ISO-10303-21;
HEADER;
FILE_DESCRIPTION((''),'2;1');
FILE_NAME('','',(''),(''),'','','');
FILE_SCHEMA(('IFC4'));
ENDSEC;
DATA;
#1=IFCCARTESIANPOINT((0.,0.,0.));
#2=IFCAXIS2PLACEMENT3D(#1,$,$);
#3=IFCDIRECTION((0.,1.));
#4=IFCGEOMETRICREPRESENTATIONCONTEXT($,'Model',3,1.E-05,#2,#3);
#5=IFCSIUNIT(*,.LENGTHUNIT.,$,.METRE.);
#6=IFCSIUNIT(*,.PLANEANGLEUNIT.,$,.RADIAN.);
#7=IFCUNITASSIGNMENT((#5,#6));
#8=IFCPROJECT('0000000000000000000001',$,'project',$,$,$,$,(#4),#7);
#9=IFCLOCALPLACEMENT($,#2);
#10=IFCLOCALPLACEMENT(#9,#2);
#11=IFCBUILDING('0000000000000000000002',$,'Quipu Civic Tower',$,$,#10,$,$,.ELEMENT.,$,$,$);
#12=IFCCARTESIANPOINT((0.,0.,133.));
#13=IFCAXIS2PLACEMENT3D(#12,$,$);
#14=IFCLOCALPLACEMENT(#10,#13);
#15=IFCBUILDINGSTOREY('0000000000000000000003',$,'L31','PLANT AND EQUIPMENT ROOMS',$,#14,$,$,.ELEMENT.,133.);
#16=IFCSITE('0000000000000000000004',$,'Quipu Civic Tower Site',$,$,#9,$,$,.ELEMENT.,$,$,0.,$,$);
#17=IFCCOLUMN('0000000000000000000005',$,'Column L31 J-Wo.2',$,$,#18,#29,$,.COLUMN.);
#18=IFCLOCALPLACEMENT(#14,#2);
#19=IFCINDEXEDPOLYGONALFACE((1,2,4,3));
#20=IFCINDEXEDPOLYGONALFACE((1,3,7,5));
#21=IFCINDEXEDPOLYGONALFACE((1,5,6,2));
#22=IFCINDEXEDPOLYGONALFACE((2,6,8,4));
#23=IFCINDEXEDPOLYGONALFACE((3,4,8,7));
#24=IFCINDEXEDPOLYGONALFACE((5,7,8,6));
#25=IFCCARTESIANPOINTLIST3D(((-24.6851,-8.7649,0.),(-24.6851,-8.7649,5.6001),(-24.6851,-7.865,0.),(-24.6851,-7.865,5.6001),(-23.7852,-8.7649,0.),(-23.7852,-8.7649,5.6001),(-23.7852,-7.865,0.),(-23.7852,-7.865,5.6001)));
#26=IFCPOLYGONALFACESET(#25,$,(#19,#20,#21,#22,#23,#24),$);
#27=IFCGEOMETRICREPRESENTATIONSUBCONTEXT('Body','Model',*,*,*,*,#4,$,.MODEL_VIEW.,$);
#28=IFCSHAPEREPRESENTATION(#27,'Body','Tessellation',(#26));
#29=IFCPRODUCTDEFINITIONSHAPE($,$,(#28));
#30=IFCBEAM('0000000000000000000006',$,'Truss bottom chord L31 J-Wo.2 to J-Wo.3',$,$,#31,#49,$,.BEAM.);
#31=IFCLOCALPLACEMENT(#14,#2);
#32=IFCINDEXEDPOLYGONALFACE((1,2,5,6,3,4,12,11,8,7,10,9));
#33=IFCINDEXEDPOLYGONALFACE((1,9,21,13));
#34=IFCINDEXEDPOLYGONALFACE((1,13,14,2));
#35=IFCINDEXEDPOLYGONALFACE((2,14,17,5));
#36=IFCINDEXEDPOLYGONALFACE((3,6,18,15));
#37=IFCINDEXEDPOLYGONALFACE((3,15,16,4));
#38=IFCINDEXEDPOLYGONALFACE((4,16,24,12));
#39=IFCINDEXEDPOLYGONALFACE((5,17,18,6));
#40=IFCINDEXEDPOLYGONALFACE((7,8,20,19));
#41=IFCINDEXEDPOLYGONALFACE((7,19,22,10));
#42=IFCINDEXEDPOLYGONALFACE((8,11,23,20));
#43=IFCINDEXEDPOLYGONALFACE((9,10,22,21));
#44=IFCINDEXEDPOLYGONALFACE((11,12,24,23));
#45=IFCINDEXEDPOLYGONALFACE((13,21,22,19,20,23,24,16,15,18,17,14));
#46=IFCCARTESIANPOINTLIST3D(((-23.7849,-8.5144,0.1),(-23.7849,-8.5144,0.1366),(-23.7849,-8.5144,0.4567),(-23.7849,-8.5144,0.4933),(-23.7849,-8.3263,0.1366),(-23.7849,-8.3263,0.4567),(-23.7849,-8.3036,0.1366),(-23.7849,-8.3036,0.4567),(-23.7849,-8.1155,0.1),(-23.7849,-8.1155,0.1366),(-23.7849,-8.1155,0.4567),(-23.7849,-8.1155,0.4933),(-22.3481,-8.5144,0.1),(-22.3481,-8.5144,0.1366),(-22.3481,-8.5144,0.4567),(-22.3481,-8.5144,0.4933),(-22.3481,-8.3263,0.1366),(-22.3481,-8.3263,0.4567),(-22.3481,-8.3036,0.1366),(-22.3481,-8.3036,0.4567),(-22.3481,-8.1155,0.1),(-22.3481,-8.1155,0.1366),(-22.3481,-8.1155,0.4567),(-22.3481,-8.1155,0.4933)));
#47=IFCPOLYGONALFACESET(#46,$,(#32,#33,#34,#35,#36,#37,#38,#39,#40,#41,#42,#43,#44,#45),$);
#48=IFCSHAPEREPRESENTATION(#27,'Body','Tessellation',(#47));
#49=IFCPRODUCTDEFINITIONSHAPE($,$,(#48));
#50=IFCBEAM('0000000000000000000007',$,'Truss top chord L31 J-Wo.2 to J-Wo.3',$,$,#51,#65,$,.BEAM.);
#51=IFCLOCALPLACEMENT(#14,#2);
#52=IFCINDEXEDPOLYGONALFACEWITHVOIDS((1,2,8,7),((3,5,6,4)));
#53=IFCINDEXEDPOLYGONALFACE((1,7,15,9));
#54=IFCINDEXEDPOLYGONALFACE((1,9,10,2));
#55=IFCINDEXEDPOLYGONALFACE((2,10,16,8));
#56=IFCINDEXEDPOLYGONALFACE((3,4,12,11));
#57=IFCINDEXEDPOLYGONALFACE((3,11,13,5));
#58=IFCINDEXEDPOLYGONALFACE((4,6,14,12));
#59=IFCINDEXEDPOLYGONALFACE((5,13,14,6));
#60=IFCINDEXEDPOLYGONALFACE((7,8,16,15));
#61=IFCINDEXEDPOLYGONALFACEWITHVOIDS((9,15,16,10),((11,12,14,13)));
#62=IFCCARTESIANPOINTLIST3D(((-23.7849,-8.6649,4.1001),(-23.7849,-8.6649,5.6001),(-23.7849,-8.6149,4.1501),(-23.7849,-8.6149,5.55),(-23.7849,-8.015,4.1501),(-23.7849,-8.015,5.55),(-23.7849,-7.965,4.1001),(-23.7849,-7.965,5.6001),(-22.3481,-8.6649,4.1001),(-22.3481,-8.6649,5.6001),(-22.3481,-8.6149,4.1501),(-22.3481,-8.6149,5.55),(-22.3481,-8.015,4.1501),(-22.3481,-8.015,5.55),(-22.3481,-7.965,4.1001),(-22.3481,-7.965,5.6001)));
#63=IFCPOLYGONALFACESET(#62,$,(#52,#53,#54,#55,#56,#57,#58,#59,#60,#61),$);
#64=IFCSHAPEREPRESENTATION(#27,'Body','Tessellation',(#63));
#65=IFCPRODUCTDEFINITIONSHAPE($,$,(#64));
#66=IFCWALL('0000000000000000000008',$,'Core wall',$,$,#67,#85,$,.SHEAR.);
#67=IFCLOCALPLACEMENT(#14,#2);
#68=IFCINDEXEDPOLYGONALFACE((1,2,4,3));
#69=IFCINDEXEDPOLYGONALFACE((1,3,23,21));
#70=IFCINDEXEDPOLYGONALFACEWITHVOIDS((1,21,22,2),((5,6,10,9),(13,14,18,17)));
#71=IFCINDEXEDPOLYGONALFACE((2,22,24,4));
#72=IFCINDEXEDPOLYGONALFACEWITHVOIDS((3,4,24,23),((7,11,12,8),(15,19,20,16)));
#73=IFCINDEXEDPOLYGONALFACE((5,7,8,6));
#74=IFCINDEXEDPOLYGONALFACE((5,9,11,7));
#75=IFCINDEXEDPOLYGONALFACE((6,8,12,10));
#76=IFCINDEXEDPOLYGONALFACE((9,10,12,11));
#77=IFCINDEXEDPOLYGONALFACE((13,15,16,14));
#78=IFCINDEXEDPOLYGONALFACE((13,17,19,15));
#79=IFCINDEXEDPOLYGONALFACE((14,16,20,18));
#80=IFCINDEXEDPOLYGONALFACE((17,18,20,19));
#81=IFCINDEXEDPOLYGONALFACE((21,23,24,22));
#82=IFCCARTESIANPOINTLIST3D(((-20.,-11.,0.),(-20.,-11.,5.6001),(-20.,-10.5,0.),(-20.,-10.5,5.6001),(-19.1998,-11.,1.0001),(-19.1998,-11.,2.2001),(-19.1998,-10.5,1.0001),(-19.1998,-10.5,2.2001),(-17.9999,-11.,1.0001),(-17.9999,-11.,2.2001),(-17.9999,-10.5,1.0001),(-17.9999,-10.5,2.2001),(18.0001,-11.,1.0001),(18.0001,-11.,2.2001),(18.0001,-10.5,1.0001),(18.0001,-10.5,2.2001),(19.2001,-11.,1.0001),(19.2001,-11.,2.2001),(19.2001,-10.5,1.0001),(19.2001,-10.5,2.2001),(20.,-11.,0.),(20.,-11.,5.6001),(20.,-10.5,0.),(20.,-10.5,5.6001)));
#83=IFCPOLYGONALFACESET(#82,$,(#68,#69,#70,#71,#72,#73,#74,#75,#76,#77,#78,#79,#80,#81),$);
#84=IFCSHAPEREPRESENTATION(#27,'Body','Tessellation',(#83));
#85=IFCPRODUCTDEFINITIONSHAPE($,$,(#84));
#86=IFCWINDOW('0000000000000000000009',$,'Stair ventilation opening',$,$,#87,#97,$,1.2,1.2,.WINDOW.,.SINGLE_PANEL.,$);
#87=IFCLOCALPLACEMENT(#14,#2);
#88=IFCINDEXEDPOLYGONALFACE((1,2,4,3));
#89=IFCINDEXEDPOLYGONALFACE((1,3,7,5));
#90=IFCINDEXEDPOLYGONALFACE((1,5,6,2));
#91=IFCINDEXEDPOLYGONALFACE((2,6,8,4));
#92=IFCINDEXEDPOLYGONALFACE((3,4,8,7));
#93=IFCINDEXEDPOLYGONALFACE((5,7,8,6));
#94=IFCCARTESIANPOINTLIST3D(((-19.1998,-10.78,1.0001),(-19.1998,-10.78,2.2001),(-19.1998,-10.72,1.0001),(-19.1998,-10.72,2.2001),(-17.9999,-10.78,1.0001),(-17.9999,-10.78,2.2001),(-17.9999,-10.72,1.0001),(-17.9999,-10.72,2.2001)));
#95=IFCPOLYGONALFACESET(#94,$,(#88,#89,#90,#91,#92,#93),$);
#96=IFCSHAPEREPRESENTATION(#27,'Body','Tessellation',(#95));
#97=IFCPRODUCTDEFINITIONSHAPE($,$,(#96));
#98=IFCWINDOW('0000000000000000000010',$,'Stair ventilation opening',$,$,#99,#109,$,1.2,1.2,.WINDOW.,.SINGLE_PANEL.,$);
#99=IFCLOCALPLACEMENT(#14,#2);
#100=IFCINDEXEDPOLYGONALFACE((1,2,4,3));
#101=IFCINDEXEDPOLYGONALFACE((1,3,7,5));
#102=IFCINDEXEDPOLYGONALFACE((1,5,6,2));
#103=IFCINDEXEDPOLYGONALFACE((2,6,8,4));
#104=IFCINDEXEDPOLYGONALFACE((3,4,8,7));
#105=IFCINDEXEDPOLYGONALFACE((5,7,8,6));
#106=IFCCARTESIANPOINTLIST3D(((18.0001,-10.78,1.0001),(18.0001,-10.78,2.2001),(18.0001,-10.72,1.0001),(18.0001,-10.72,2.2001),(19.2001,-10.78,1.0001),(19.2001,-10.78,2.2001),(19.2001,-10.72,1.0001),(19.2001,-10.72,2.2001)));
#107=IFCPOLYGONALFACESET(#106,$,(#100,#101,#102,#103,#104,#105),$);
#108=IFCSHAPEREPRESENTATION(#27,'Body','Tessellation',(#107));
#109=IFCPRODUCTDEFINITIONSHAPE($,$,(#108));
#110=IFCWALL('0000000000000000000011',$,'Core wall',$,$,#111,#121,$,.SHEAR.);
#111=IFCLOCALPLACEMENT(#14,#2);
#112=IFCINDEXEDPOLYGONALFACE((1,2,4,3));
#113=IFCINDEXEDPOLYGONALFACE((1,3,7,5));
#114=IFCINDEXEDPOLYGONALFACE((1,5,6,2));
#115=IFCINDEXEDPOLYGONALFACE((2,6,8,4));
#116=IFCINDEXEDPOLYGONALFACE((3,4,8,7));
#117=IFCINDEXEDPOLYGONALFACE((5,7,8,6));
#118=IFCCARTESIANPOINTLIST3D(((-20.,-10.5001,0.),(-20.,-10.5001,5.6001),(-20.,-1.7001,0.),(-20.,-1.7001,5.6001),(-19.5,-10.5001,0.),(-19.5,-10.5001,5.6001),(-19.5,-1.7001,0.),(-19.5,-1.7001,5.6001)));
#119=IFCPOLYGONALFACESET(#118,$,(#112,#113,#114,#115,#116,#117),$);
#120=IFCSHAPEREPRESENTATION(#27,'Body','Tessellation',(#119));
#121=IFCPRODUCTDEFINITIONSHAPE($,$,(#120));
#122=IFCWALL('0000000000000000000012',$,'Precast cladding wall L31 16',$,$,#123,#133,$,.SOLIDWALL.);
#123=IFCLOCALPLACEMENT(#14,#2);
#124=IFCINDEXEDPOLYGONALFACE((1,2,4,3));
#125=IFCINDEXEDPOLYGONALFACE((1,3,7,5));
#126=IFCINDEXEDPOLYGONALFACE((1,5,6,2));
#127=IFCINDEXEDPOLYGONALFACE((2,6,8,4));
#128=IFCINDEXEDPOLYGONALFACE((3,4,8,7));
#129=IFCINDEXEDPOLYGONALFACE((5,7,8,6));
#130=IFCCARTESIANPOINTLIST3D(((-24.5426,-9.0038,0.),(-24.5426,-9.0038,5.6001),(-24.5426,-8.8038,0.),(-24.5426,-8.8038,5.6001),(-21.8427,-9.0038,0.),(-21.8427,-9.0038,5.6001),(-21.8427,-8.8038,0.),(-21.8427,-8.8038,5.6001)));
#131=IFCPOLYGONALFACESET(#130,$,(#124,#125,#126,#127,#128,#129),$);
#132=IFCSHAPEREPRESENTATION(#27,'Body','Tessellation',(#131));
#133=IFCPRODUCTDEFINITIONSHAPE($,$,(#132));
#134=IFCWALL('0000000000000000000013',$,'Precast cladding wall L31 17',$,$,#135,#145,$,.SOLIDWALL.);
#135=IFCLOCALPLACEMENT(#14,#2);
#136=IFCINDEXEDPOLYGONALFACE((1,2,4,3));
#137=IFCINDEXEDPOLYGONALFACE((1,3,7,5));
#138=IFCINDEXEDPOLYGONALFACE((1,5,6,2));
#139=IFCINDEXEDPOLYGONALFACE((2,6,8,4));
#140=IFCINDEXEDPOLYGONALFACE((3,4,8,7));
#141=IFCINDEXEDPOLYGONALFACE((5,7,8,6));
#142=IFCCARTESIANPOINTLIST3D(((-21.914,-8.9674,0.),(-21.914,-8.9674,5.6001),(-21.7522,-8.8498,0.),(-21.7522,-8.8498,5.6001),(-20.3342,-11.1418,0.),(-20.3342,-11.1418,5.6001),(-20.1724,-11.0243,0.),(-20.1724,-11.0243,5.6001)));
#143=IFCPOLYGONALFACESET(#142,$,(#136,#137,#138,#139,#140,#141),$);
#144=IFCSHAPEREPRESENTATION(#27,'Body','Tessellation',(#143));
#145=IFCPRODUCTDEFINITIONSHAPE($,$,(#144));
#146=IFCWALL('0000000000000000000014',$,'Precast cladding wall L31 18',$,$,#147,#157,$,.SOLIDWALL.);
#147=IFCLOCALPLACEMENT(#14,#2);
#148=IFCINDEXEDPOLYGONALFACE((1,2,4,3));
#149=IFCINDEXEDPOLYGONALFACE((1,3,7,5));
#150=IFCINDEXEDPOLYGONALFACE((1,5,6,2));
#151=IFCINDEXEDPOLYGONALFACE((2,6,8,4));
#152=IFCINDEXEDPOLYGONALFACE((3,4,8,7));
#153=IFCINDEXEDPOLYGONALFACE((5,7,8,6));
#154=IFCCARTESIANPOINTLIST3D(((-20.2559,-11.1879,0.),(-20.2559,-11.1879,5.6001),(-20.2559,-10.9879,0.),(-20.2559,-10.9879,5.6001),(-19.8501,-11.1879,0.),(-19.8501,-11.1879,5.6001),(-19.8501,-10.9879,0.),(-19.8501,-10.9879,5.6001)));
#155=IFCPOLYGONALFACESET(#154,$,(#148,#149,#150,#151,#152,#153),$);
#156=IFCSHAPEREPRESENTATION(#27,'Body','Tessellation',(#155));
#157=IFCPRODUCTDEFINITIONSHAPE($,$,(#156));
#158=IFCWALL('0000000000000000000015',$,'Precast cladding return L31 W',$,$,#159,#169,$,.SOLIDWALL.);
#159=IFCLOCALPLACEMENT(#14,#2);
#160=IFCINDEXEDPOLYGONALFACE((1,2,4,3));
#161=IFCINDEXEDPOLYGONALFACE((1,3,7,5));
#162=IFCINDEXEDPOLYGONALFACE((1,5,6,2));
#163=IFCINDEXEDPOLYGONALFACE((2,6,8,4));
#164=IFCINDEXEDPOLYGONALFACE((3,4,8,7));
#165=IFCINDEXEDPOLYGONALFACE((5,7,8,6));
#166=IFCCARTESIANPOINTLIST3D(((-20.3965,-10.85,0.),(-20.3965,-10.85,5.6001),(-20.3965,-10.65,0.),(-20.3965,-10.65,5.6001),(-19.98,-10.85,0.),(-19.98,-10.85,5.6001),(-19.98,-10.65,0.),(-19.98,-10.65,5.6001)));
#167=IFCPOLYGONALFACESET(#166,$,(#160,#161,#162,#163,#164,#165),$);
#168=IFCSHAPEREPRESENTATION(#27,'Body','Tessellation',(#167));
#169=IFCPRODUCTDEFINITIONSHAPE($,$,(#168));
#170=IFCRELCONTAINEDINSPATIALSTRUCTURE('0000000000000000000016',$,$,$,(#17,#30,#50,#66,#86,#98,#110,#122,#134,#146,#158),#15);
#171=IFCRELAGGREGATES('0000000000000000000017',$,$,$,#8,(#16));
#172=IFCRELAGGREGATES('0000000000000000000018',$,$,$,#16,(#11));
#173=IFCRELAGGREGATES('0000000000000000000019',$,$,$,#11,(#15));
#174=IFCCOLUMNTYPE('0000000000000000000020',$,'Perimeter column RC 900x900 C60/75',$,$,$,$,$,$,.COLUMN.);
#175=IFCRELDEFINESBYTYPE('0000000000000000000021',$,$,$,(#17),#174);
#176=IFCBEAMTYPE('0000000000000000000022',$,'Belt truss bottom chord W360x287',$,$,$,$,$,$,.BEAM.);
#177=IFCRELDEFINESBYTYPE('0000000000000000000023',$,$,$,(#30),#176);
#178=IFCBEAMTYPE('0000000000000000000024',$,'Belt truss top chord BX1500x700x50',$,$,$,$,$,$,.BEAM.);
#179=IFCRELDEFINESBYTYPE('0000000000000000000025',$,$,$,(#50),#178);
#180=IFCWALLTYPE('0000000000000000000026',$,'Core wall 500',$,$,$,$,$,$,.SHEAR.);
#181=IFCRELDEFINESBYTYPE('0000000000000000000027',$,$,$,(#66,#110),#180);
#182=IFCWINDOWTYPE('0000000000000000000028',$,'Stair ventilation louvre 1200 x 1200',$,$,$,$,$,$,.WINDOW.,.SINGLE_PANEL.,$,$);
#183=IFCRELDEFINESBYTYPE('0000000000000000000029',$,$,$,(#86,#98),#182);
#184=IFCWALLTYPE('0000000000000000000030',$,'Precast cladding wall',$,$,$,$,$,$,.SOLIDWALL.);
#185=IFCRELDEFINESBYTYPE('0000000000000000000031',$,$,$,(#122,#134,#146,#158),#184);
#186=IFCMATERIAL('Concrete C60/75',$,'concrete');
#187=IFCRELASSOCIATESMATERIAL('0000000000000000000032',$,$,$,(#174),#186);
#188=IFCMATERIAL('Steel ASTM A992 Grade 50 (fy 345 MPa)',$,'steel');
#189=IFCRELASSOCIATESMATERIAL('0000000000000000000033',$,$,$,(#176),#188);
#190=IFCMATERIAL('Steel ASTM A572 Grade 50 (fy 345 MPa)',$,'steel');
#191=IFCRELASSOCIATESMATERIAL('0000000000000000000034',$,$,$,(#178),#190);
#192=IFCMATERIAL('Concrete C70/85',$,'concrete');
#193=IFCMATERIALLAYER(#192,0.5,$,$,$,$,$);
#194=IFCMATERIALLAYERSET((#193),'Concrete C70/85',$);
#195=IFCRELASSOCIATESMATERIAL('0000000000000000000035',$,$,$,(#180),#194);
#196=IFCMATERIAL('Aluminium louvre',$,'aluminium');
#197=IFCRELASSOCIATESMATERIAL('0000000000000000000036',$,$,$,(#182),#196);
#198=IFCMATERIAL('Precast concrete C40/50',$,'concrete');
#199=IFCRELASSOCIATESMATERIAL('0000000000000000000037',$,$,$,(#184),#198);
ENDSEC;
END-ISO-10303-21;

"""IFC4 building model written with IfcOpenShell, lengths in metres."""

from ifc_helpers import new_model, si_unit, direction, frame, frame_2d, origin, origin_2d, place, context, subcontext, project, spatial, rectangle, hollow_rectangle, i_section, extrude, material, layer, layer_set, material_profile, profile_set, type_object, element, fill, save


model = new_model("IFC4")

# Units and contexts
model_context = context("Model", 3, precision=1e-05, world=origin(), true_north=direction((0.0, 1.0)))
body_context = subcontext(model_context, "Body", "Model", "MODEL_VIEW")
ifc_project = project(units=[si_unit("LENGTHUNIT", "METRE"), si_unit("PLANEANGLEUNIT", "RADIAN")], contexts=[model_context])

# Site, building, storey
site_placement = place(None, origin())
site = spatial("IfcSite", under=ifc_project, at=site_placement, Name="Quipu Civic Tower Site", CompositionType="ELEMENT", RefElevation=0.0)
building_placement = place(site_placement, origin())
building = spatial("IfcBuilding", under=site, at=building_placement, Name="Quipu Civic Tower", CompositionType="ELEMENT")
storey_placement = place(building_placement, frame((0.0, 0.0, 133.0)))
storey = spatial("IfcBuildingStorey", under=building, at=storey_placement, Name="L31", Description="PLANT AND EQUIPMENT ROOMS", CompositionType="ELEMENT", Elevation=133.0)

# Column
ifc_material_1 = material(Name="Concrete C60/75", Category="concrete")
ifc_material_profile_1 = material_profile(ifc_material_1, rectangle(XDim=0.8999, YDim=0.8999, at=origin_2d()), Name="RC900x900")
ifc_profile_set_1 = profile_set([ifc_material_profile_1], Name="Concrete C60/75")
column_type = type_object("IfcColumnType", Name="Perimeter column RC 900x900 C60/75", PredefinedType="COLUMN", material=ifc_profile_set_1)
column_placement = place(storey_placement, frame((-24.2351, -8.3149, 0.0), z_axis=(0.0, 0.0, 1.0), x_axis=(1.0, 0.0, 0.0)))
element("IfcColumn", 1, at=column_placement, inside=storey, type_object=column_type, Name="Column L31 J-Wo.2", PredefinedType="COLUMN", context=body_context, shape_type="SweptSolid", body=[
    extrude(rectangle(XDim=0.8999, YDim=0.8999, at=origin_2d()), origin(), (0.0, 0.0, 1.0), 5.6001),
])

# Beams
ifc_material_2 = material(Name="Steel ASTM A992 Grade 50 (fy 345 MPa)", Category="steel")
ifc_material_profile_2 = material_profile(ifc_material_2, i_section(OverallWidth=0.3989, OverallDepth=0.3933, WebThickness=0.0227, FlangeThickness=0.0366, at=origin_2d()), Name="W360x287")
ifc_profile_set_2 = profile_set([ifc_material_profile_2], Name="Steel ASTM A992 Grade 50 (fy 345 MPa)")
beam_type_1 = type_object("IfcBeamType", Name="Belt truss bottom chord W360x287", PredefinedType="BEAM", material=ifc_profile_set_2)
beam_1_placement = place(storey_placement, frame((-23.7849, -8.3149, 0.2966), z_axis=(1.0, 0.0, 0.0), x_axis=(0.0, 1.0, 0.0)))
element("IfcBeam", 2, at=beam_1_placement, inside=storey, type_object=beam_type_1, Name="Truss bottom chord L31 J-Wo.2 to J-Wo.3", PredefinedType="BEAM", context=body_context, shape_type="SweptSolid", body=[
    extrude(i_section(OverallWidth=0.3989, OverallDepth=0.3933, WebThickness=0.0227, FlangeThickness=0.0366, at=origin_2d()), origin(), (0.0, 0.0, 1.0), 1.4368),
])
ifc_material_3 = material(Name="Steel ASTM A572 Grade 50 (fy 345 MPa)", Category="steel")
ifc_material_profile_3 = material_profile(ifc_material_3, hollow_rectangle(XDim=0.7, YDim=1.5, WallThickness=0.05, at=origin_2d()), Name="BX1500x700x50")
ifc_profile_set_3 = profile_set([ifc_material_profile_3], Name="Steel ASTM A572 Grade 50 (fy 345 MPa)")
beam_type_2 = type_object("IfcBeamType", Name="Belt truss top chord BX1500x700x50", PredefinedType="BEAM", material=ifc_profile_set_3)
beam_2_placement = place(storey_placement, frame((-23.7849, -8.3149, 4.8501), z_axis=(1.0, 0.0, 0.0), x_axis=(0.0, 1.0, 0.0)))
element("IfcBeam", 3, at=beam_2_placement, inside=storey, type_object=beam_type_2, Name="Truss top chord L31 J-Wo.2 to J-Wo.3", PredefinedType="BEAM", context=body_context, shape_type="SweptSolid", body=[
    extrude(hollow_rectangle(XDim=0.7, YDim=1.5, WallThickness=0.05, at=origin_2d()), origin(), (0.0, 0.0, 1.0), 1.4368),
])

# Wall, openings, windows
ifc_material_4 = material(Name="Concrete C70/85", Category="concrete")
ifc_layer = layer(ifc_material_4, 0.5)
ifc_layer_set = layer_set([ifc_layer], Name="Concrete C70/85")
wall_type_1 = type_object("IfcWallType", Name="Core wall 500", PredefinedType="SHEAR", material=ifc_layer_set)
wall_1_placement = place(storey_placement, frame((-20.0, -10.75, 0.0), z_axis=(0.0, 0.0, 1.0), x_axis=(1.0, 0.0, 0.0)))
wall_1 = element("IfcWall", 4, at=wall_1_placement, inside=storey, type_object=wall_type_1, Name="Core wall", PredefinedType="SHEAR", context=body_context, shape_type="SweptSolid", body=[
    extrude(rectangle(XDim=40.0, YDim=0.5, at=frame_2d((20.0, 0.0))), origin(), (0.0, 0.0, 1.0), 5.6001),
])
opening_1_placement = place(wall_1_placement, frame((0.8, 0.0, 1.0)))
opening_1 = element("IfcOpeningElement", 5, at=opening_1_placement, cuts=wall_1, PredefinedType="OPENING", context=body_context, shape_type="SweptSolid", body=[
    extrude(rectangle(XDim=1.2, YDim=1.2, at=frame_2d((0.6001, 0.6001))), frame((0.0, 0.26, 0.0), z_axis=(0.0, -1.0, 0.0), x_axis=(1.0, 0.0, 0.0)), (0.0, 0.0, 1.0), 0.52),
])
opening_2_placement = place(wall_1_placement, frame((38.0, 0.0, 1.0)))
opening_2 = element("IfcOpeningElement", 6, at=opening_2_placement, cuts=wall_1, PredefinedType="OPENING", context=body_context, shape_type="SweptSolid", body=[
    extrude(rectangle(XDim=1.2, YDim=1.2, at=frame_2d((0.6001, 0.6001))), frame((0.0, 0.26, 0.0), z_axis=(0.0, -1.0, 0.0), x_axis=(1.0, 0.0, 0.0)), (0.0, 0.0, 1.0), 0.52),
])
ifc_material_5 = material(Name="Aluminium louvre", Category="aluminium")
window_type = type_object("IfcWindowType", Name="Stair ventilation louvre 1200 x 1200", PartitioningType="SINGLE_PANEL", PredefinedType="WINDOW", material=ifc_material_5)
window_1_placement = place(opening_1_placement, origin())
window_1 = element("IfcWindow", 7, at=window_1_placement, inside=storey, type_object=window_type, Name="Stair ventilation opening", OverallHeight=1.2, OverallWidth=1.2, PartitioningType="SINGLE_PANEL", PredefinedType="WINDOW", context=body_context, shape_type="SweptSolid", body=[
    extrude(rectangle(XDim=1.2, YDim=1.2, at=frame_2d((0.6001, 0.6001))), frame((0.0, 0.03, 0.0), z_axis=(0.0, -1.0, 0.0), x_axis=(1.0, 0.0, 0.0)), (0.0, 0.0, 1.0), 0.0601),
])
fill(opening_1, window_1)
window_2_placement = place(opening_2_placement, origin())
window_2 = element("IfcWindow", 8, at=window_2_placement, inside=storey, type_object=window_type, Name="Stair ventilation opening", OverallHeight=1.2, OverallWidth=1.2, PartitioningType="SINGLE_PANEL", PredefinedType="WINDOW", context=body_context, shape_type="SweptSolid", body=[
    extrude(rectangle(XDim=1.2, YDim=1.2, at=frame_2d((0.6001, 0.6001))), frame((0.0, 0.03, 0.0), z_axis=(0.0, -1.0, 0.0), x_axis=(1.0, 0.0, 0.0)), (0.0, 0.0, 1.0), 0.0601),
])
fill(opening_2, window_2)

# Walls
wall_2_placement = place(storey_placement, frame((-19.75, -10.5, 0.0), z_axis=(0.0, 0.0, 1.0), x_axis=(0.0, 1.0, 0.0)))
element("IfcWall", 9, at=wall_2_placement, inside=storey, type_object=wall_type_1, Name="Core wall", PredefinedType="SHEAR", context=body_context, shape_type="SweptSolid", body=[
    extrude(rectangle(XDim=8.8, YDim=0.5, at=frame_2d((4.3999, 0.0))), origin(), (0.0, 0.0, 1.0), 5.6001),
])
ifc_material_6 = material(Name="Precast concrete C40/50", Category="concrete")
wall_type_2 = type_object("IfcWallType", Name="Precast cladding wall", PredefinedType="SOLIDWALL", material=ifc_material_6)
wall_3_placement = place(storey_placement, frame((-24.5427, -8.9038, 0.0), z_axis=(0.0, 0.0, 1.0), x_axis=(1.0, 0.0, 0.0)))
element("IfcWall", 10, at=wall_3_placement, inside=storey, type_object=wall_type_2, Name="Precast cladding wall L31 16", PredefinedType="SOLIDWALL", context=body_context, shape_type="SweptSolid", body=[
    extrude(rectangle(XDim=2.7, YDim=0.2, at=frame_2d((1.3501, 0.0))), origin(), (0.0, 0.0, 1.0), 5.6001),
])
wall_4_placement = place(storey_placement, frame((-21.833, -8.9087, 0.0), z_axis=(0.0, 0.0, 1.0), x_axis=(0.587767, -0.809031, 0.0)))
element("IfcWall", 11, at=wall_4_placement, inside=storey, type_object=wall_type_2, Name="Precast cladding wall L31 17", PredefinedType="SOLIDWALL", context=body_context, shape_type="SweptSolid", body=[
    extrude(rectangle(XDim=2.6877, YDim=0.2, at=frame_2d((1.3438, 0.0))), origin(), (0.0, 0.0, 1.0), 5.6001),
])
wall_5_placement = place(storey_placement, frame((-20.2559, -11.0879, 0.0), z_axis=(0.0, 0.0, 1.0), x_axis=(1.0, 0.0, 0.0)))
element("IfcWall", 12, at=wall_5_placement, inside=storey, type_object=wall_type_2, Name="Precast cladding wall L31 18", PredefinedType="SOLIDWALL", context=body_context, shape_type="SweptSolid", body=[
    extrude(rectangle(XDim=0.4058, YDim=0.2, at=frame_2d((0.2029, 0.0))), origin(), (0.0, 0.0, 1.0), 5.6001),
])
wall_6_placement = place(storey_placement, frame((-19.98, -10.75, 0.0), z_axis=(0.0, 0.0, 1.0), x_axis=(-1.0, 0.0, 0.0)))
element("IfcWall", 13, at=wall_6_placement, inside=storey, type_object=wall_type_2, Name="Precast cladding return L31 W", PredefinedType="SOLIDWALL", context=body_context, shape_type="SweptSolid", body=[
    extrude(rectangle(XDim=0.4165, YDim=0.2, at=frame_2d((0.2083, 0.0))), origin(), (0.0, 0.0, 1.0), 5.6001),
])

save(model, "model.ifc")
